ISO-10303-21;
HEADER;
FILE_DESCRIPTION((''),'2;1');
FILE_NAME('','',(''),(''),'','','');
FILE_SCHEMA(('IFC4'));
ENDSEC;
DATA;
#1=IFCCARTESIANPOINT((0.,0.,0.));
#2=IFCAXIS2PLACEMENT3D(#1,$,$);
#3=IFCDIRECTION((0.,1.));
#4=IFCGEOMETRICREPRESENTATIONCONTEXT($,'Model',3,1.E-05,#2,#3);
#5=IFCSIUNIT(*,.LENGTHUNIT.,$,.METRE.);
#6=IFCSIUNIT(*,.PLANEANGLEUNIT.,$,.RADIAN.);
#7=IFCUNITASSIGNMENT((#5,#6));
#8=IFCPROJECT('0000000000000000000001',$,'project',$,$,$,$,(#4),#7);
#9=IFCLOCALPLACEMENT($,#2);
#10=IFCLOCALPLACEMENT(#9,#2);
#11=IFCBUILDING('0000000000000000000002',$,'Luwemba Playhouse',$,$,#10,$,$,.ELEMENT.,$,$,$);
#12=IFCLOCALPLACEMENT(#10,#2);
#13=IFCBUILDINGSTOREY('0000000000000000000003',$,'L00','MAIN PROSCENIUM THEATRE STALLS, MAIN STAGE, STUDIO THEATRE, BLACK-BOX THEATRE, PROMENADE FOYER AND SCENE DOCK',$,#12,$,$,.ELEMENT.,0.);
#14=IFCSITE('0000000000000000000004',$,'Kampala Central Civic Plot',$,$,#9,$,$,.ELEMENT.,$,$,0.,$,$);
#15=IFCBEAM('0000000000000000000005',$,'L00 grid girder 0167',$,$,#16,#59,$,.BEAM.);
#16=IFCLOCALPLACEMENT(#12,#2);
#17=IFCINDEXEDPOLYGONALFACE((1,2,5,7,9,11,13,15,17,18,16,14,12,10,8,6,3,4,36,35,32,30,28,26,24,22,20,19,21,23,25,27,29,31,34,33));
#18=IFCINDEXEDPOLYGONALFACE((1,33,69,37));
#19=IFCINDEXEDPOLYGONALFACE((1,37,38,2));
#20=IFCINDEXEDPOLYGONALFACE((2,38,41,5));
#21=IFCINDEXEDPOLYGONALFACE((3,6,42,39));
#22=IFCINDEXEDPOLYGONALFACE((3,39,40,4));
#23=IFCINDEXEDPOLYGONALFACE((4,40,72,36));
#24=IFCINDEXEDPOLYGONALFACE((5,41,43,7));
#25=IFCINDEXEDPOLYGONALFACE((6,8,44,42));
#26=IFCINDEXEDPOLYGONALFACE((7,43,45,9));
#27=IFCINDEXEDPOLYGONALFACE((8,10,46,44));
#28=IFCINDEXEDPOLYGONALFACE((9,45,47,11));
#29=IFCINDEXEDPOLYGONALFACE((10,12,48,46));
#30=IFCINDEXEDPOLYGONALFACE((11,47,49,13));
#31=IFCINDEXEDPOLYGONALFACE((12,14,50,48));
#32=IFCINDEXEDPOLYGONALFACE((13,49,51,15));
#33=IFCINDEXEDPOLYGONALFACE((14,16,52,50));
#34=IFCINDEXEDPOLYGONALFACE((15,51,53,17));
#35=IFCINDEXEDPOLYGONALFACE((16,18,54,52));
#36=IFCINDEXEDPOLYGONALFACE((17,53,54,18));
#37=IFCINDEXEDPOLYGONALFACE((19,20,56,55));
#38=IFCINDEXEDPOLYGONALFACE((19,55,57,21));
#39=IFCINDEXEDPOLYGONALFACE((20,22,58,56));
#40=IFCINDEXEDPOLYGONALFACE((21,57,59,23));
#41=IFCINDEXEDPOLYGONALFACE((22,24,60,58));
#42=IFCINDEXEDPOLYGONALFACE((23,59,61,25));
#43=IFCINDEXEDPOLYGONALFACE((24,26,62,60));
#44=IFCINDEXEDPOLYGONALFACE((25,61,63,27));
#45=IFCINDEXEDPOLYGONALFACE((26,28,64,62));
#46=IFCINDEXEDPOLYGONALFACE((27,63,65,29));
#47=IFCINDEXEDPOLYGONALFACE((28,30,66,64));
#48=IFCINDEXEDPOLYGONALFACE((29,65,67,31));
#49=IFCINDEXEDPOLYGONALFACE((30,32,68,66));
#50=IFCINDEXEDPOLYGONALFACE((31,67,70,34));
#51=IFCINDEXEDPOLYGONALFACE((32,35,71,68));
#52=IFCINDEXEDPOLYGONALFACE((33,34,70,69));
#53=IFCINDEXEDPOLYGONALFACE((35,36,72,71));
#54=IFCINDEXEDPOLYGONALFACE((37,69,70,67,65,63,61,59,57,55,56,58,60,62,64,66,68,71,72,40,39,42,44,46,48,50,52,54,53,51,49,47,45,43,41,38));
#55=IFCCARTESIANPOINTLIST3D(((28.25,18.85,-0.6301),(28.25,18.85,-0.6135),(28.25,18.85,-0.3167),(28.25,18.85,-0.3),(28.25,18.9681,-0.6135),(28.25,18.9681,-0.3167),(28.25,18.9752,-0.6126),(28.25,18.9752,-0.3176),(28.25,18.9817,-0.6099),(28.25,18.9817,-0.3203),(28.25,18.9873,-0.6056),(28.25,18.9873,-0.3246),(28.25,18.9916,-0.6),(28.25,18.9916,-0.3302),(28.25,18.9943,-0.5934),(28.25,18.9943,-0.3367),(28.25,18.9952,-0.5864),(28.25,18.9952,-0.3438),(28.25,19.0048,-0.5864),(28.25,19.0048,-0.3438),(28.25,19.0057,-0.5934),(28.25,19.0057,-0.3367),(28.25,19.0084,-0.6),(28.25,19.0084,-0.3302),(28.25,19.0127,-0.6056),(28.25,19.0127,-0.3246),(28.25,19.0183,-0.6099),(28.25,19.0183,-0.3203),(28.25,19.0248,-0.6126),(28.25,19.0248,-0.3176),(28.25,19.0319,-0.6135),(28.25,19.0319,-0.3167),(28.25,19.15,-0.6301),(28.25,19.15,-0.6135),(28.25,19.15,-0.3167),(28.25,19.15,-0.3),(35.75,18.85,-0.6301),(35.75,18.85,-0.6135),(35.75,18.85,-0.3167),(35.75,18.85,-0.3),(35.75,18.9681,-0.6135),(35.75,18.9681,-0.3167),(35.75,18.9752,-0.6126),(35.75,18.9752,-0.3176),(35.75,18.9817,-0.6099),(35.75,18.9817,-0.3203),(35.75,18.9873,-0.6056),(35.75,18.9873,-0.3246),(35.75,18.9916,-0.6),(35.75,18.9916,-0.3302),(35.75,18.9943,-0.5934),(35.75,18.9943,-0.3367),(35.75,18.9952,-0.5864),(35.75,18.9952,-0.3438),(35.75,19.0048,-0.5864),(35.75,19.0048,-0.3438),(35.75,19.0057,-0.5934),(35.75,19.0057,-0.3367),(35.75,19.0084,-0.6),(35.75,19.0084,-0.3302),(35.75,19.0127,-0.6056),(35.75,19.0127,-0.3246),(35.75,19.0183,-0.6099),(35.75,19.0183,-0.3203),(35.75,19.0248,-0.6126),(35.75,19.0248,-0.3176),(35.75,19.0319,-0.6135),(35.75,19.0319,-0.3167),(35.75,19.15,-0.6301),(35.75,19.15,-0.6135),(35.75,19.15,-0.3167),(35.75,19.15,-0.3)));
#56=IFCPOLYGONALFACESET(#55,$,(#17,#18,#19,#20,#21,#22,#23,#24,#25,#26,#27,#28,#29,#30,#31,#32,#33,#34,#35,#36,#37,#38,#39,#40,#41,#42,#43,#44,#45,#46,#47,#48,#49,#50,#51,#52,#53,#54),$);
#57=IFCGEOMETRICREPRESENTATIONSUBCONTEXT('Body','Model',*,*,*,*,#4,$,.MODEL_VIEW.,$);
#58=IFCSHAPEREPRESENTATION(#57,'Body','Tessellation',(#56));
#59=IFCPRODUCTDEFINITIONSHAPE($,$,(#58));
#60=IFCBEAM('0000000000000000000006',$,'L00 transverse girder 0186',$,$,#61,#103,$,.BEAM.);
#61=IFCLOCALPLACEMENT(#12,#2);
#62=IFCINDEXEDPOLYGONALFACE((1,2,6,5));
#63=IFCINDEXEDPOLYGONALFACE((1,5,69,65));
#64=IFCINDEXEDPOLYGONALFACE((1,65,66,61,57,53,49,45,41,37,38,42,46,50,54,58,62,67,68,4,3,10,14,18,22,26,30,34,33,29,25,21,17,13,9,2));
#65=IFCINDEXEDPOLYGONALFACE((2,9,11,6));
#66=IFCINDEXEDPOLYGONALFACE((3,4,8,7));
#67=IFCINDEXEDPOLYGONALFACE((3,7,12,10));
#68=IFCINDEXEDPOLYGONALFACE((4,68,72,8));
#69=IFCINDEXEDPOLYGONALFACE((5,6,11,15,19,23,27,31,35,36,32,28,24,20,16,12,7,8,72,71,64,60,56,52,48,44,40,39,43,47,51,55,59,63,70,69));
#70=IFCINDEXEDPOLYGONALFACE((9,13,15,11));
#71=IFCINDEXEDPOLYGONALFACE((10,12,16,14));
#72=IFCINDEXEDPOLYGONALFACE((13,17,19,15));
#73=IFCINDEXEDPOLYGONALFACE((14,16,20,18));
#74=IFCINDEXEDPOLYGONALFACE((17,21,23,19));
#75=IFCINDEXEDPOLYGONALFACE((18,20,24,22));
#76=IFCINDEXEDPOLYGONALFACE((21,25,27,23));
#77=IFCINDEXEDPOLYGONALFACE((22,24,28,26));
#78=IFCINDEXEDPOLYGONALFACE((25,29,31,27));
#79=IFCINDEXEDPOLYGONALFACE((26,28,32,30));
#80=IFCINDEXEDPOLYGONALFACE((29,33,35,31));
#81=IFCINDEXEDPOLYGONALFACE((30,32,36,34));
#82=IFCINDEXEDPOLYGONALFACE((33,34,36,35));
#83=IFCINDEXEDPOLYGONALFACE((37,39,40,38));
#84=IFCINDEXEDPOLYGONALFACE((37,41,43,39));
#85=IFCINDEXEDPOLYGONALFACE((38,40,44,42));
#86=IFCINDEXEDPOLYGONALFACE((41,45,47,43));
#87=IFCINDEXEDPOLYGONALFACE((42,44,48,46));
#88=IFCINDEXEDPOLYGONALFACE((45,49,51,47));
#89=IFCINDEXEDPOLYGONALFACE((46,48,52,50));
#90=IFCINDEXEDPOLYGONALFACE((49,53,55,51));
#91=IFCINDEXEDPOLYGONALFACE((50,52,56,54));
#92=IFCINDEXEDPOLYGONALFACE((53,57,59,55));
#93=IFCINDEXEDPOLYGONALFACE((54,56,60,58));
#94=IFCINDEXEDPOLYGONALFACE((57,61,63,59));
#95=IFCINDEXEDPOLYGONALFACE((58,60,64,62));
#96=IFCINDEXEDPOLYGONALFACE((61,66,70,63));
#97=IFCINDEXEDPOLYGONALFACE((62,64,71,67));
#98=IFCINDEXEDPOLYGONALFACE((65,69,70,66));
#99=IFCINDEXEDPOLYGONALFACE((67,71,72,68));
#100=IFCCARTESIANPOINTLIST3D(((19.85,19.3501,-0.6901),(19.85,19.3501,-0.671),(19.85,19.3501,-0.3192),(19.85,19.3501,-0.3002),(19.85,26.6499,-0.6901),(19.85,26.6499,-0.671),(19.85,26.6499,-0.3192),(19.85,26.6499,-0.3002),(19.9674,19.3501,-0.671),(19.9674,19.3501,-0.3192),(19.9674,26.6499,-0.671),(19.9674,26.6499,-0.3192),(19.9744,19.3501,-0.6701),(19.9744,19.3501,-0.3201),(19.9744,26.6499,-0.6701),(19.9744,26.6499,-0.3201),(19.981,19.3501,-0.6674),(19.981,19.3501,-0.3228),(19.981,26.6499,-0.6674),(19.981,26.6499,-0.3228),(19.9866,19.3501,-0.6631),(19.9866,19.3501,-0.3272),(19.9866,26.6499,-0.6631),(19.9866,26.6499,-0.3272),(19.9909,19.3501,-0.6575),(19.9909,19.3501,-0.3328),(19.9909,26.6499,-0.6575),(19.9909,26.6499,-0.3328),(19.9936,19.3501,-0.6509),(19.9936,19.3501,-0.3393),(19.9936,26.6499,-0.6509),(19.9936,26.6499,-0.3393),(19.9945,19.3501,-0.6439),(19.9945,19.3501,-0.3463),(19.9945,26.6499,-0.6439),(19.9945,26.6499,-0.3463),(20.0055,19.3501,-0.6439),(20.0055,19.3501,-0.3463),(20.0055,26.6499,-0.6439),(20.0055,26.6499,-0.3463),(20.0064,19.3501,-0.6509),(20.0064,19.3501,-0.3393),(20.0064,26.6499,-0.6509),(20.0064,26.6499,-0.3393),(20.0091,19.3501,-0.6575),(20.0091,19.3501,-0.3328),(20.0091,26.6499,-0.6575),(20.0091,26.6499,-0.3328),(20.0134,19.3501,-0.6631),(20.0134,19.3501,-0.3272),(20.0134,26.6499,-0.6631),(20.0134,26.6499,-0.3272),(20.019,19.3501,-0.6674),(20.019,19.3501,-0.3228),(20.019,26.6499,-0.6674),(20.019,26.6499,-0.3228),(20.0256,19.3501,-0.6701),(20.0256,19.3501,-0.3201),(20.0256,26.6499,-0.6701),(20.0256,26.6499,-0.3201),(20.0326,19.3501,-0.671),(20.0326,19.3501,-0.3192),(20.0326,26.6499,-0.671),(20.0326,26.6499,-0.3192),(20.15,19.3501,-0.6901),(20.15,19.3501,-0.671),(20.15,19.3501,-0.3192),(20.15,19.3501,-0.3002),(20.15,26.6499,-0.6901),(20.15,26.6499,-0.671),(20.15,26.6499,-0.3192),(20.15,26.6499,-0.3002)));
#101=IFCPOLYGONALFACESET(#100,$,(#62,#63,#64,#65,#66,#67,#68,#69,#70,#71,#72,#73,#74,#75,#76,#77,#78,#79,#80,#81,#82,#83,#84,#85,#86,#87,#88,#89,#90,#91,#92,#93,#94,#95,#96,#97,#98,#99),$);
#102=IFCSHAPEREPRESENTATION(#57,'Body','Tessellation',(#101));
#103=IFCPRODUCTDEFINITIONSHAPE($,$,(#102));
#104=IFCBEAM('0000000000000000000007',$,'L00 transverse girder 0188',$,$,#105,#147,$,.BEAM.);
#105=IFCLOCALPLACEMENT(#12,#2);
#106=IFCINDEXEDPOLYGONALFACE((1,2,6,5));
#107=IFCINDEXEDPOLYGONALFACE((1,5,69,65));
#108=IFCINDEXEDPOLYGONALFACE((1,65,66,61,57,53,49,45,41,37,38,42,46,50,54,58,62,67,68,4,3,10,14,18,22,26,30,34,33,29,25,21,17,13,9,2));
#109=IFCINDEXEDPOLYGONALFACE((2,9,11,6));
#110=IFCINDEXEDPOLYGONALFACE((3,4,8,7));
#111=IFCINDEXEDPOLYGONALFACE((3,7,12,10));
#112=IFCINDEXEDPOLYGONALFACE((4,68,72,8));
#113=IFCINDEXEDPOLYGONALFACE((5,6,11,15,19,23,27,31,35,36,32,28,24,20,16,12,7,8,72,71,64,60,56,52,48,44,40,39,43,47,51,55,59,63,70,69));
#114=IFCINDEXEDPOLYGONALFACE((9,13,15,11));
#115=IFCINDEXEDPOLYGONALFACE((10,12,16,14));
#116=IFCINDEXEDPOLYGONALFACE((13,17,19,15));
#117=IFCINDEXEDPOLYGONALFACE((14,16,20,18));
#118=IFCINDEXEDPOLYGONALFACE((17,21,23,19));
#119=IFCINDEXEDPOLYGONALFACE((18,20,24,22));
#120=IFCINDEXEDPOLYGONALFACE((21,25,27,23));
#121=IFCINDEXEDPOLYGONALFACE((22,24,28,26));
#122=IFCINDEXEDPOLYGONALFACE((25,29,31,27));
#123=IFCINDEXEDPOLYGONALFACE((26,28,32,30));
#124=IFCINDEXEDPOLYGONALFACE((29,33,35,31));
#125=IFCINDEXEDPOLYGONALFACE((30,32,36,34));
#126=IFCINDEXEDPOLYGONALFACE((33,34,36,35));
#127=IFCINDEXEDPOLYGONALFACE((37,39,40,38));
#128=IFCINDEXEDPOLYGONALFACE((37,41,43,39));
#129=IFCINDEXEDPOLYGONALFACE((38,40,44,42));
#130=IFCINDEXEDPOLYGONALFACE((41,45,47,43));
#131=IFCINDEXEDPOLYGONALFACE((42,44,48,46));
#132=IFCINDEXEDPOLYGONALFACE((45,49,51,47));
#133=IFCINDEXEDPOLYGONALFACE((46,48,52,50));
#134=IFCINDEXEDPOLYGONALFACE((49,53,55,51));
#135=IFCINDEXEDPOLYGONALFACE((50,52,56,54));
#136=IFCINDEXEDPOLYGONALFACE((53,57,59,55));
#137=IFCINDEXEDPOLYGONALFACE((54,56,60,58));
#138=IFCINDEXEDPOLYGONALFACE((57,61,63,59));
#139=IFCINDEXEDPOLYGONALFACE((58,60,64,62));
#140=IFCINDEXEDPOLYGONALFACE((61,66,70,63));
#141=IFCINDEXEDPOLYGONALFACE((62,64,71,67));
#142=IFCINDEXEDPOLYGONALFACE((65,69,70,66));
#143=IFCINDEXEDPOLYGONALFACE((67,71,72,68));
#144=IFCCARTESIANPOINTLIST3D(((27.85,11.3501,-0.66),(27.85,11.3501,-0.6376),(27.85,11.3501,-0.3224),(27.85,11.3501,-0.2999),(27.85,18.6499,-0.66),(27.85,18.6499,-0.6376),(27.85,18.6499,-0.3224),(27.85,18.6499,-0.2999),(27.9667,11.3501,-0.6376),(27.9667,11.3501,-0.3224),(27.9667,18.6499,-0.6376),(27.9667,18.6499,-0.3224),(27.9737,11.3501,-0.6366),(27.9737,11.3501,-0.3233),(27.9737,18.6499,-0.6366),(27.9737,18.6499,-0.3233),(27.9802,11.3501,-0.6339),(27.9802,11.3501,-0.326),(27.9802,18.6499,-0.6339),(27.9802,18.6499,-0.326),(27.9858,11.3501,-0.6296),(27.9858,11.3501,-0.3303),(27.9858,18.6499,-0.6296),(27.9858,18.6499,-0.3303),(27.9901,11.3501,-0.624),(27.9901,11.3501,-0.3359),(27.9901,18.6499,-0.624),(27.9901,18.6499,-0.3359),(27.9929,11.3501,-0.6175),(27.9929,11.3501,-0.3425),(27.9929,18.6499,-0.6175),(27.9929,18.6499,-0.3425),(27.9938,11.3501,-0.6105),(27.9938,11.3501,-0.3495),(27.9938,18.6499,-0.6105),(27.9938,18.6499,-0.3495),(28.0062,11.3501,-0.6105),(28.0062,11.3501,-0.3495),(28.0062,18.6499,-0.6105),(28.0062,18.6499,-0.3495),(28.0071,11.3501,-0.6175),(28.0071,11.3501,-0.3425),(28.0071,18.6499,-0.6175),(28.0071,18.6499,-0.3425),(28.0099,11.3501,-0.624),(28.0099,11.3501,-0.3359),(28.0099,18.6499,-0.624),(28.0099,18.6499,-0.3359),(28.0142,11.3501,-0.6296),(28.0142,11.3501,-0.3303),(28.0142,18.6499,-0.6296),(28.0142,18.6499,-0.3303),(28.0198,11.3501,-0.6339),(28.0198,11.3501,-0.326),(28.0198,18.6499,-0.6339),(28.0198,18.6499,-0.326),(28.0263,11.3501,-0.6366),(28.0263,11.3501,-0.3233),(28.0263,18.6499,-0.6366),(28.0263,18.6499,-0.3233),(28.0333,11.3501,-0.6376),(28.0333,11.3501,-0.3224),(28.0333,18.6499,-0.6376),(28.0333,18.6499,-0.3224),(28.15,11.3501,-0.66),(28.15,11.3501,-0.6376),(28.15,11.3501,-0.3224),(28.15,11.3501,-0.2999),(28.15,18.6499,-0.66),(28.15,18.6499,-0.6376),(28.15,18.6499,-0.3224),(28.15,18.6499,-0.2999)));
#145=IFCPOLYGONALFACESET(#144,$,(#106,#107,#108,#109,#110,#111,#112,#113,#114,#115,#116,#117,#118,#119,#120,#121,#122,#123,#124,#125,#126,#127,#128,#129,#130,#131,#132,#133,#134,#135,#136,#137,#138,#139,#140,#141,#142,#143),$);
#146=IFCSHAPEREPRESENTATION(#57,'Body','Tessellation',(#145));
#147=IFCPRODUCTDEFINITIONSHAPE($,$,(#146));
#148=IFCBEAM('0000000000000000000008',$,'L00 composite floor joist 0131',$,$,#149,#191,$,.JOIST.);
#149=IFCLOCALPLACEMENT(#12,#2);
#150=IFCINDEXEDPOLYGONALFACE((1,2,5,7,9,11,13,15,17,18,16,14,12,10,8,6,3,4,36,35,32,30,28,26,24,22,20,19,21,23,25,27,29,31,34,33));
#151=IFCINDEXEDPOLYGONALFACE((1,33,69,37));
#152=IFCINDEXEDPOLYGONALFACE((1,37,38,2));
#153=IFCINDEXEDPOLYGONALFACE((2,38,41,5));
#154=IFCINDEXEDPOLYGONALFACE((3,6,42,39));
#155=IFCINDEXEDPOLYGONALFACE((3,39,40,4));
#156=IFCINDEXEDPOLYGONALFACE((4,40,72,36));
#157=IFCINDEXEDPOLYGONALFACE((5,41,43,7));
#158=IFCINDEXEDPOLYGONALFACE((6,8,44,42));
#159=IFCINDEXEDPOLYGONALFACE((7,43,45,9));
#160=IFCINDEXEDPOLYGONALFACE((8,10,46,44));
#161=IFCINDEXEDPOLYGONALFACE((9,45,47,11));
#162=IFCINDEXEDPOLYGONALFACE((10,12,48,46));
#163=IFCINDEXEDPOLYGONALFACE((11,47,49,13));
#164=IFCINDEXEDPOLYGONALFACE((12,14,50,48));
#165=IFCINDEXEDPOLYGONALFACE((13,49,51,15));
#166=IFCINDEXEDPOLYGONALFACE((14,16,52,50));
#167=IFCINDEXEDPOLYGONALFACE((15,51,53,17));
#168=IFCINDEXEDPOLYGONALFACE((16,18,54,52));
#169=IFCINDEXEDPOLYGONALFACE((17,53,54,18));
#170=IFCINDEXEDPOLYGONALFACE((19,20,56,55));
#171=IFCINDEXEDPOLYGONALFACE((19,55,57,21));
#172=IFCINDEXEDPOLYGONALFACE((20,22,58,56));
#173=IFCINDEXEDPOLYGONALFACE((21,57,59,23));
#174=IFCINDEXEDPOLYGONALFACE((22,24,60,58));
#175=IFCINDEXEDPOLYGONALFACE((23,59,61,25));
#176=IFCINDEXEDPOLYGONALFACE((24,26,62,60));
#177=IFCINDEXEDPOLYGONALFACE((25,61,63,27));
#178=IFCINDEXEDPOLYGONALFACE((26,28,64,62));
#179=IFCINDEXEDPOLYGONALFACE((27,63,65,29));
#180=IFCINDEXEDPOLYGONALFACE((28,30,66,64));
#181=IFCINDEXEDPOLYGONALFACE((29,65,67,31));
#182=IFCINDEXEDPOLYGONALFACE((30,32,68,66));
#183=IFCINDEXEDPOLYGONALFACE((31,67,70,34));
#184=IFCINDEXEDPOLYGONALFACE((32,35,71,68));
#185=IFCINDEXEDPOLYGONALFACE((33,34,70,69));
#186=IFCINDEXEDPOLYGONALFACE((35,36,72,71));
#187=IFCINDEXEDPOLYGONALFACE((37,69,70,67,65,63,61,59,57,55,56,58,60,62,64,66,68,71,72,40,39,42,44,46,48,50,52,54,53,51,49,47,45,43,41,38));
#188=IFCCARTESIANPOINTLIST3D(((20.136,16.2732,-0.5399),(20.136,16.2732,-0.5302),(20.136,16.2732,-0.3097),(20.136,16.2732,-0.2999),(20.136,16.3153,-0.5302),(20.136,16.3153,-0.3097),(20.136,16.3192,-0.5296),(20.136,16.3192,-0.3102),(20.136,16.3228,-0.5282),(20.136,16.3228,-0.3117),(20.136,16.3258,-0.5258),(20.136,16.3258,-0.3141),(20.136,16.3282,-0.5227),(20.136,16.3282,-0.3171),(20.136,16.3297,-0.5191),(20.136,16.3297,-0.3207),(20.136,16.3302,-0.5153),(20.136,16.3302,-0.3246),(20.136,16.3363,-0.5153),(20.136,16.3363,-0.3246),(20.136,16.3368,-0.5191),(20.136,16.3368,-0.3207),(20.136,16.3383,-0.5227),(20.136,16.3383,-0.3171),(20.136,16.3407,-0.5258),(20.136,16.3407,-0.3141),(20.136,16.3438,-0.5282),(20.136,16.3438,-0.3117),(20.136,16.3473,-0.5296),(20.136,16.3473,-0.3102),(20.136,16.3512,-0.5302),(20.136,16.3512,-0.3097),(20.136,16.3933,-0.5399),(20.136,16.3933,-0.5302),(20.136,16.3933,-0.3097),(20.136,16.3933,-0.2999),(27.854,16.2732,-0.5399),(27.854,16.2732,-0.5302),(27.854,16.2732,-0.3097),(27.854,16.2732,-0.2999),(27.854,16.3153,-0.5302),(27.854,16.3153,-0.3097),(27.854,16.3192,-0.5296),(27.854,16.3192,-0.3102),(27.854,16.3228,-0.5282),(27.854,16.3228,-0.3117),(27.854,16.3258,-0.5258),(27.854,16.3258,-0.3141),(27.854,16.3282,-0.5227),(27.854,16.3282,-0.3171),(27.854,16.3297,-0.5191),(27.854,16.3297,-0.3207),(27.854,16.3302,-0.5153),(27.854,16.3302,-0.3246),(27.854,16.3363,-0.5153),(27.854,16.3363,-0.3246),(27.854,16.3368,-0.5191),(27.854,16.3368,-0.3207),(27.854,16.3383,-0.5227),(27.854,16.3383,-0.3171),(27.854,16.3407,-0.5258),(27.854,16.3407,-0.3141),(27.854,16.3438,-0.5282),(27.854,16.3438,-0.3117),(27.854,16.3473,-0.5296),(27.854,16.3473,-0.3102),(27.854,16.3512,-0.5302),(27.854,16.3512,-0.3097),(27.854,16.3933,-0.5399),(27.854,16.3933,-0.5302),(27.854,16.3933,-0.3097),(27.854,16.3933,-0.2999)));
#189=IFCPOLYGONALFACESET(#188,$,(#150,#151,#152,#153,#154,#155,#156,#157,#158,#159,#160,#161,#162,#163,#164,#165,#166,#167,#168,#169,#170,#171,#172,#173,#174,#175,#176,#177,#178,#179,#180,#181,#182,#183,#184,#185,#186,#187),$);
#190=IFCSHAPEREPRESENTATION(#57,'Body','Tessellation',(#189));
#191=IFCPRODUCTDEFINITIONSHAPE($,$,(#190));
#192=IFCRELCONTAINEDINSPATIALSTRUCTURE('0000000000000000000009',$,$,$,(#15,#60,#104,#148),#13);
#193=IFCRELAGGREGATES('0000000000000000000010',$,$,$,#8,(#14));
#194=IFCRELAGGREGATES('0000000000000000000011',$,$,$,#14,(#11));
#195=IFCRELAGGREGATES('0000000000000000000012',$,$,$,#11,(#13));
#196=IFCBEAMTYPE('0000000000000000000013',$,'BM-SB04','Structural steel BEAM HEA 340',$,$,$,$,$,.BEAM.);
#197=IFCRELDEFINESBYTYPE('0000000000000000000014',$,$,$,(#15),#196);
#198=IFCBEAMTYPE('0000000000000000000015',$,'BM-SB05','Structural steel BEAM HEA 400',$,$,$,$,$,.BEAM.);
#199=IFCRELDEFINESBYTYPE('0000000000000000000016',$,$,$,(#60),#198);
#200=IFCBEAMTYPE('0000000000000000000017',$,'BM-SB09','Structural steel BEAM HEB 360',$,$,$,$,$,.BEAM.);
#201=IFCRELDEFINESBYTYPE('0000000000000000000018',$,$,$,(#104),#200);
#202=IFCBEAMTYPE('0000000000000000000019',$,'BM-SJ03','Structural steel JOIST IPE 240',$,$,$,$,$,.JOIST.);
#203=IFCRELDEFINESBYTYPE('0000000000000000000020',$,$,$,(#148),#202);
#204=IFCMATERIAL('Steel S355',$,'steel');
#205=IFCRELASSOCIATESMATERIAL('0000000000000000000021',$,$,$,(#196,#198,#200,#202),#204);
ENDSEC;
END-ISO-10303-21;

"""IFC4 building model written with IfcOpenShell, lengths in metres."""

from ifc_helpers import new_model, si_unit, direction, frame, origin, origin_2d, place, context, subcontext, project, spatial, i_section, extrude, material, material_profile, profile_set, type_object, element, save


model = new_model("IFC4")

# Units and contexts
model_context = context("Model", 3, precision=1e-05, world=origin(), true_north=direction((0.0, 1.0)))
body_context = subcontext(model_context, "Body", "Model", "MODEL_VIEW")
ifc_project = project(units=[si_unit("LENGTHUNIT", "METRE"), si_unit("PLANEANGLEUNIT", "RADIAN")], contexts=[model_context])

# Site, building, storey
site_placement = place(None, origin())
site = spatial("IfcSite", under=ifc_project, at=site_placement, Name="Kampala Central Civic Plot", CompositionType="ELEMENT", RefElevation=0.0)
building_placement = place(site_placement, origin())
building = spatial("IfcBuilding", under=site, at=building_placement, Name="Luwemba Playhouse", CompositionType="ELEMENT")
storey_placement = place(building_placement, origin())
storey = spatial("IfcBuildingStorey", under=building, at=storey_placement, Name="L00", Description="MAIN PROSCENIUM THEATRE STALLS, MAIN STAGE, STUDIO THEATRE, BLACK-BOX THEATRE, PROMENADE FOYER AND SCENE DOCK", CompositionType="ELEMENT", Elevation=0.0)

# Beams
ifc_material_1 = material(Name="Steel S355", Category="steel")
ifc_material_profile_1 = material_profile(ifc_material_1, i_section(OverallWidth=0.3, OverallDepth=0.3301, WebThickness=0.0095, FlangeThickness=0.0166, FilletRadius=0.0271, at=origin_2d()))
ifc_profile_set_1 = profile_set([ifc_material_profile_1], Name="Steel S355")
beam_type_1 = type_object("IfcBeamType", Name="BM-SB04", Description="Structural steel BEAM HEA 340", PredefinedType="BEAM", material=ifc_profile_set_1)
beam_1_placement = place(storey_placement, frame((28.25, 19.0, -0.4651), z_axis=(1.0, 0.0, 0.0), x_axis=(0.0, 1.0, 0.0)))
element("IfcBeam", 1, at=beam_1_placement, inside=storey, type_object=beam_type_1, Name="L00 grid girder 0167", PredefinedType="BEAM", context=body_context, shape_type="SweptSolid", body=[
    extrude(i_section(OverallWidth=0.3, OverallDepth=0.3301, WebThickness=0.0095, FlangeThickness=0.0166, FilletRadius=0.0271, at=origin_2d()), origin(), (0.0, 0.0, 1.0), 7.5),
])
ifc_material_profile_2 = material_profile(ifc_material_1, i_section(OverallWidth=0.3, OverallDepth=0.3899, WebThickness=0.011, FlangeThickness=0.019, FilletRadius=0.0271, at=origin_2d()))
ifc_profile_set_2 = profile_set([ifc_material_profile_2], Name="Steel S355")
beam_type_2 = type_object("IfcBeamType", Name="BM-SB05", Description="Structural steel BEAM HEA 400", PredefinedType="BEAM", material=ifc_profile_set_2)
beam_2_placement = place(storey_placement, frame((20.0, 19.3501, -0.4951), z_axis=(0.0, 1.0, 0.0), x_axis=(-1.0, 0.0, 0.0)))
element("IfcBeam", 2, at=beam_2_placement, inside=storey, type_object=beam_type_2, Name="L00 transverse girder 0186", PredefinedType="BEAM", context=body_context, shape_type="SweptSolid", body=[
    extrude(i_section(OverallWidth=0.3, OverallDepth=0.3899, WebThickness=0.011, FlangeThickness=0.019, FilletRadius=0.0271, at=origin_2d()), origin(), (0.0, 0.0, 1.0), 7.2998),
])
ifc_material_profile_3 = material_profile(ifc_material_1, i_section(OverallWidth=0.3, OverallDepth=0.3601, WebThickness=0.0125, FlangeThickness=0.0225, FilletRadius=0.0271, at=origin_2d()))
ifc_profile_set_3 = profile_set([ifc_material_profile_3], Name="Steel S355")
beam_type_3 = type_object("IfcBeamType", Name="BM-SB09", Description="Structural steel BEAM HEB 360", PredefinedType="BEAM", material=ifc_profile_set_3)
beam_3_placement = place(storey_placement, frame((28.0, 11.3501, -0.48), z_axis=(0.0, 1.0, 0.0), x_axis=(-1.0, 0.0, 0.0)))
element("IfcBeam", 3, at=beam_3_placement, inside=storey, type_object=beam_type_3, Name="L00 transverse girder 0188", PredefinedType="BEAM", context=body_context, shape_type="SweptSolid", body=[
    extrude(i_section(OverallWidth=0.3, OverallDepth=0.3601, WebThickness=0.0125, FlangeThickness=0.0225, FilletRadius=0.0271, at=origin_2d()), origin(), (0.0, 0.0, 1.0), 7.2998),
])
ifc_material_profile_4 = material_profile(ifc_material_1, i_section(OverallWidth=0.1201, OverallDepth=0.24, WebThickness=0.0061, FlangeThickness=0.0098, FilletRadius=0.0149, at=origin_2d()))
ifc_profile_set_4 = profile_set([ifc_material_profile_4], Name="Steel S355")
beam_type_4 = type_object("IfcBeamType", Name="BM-SJ03", Description="Structural steel JOIST IPE 240", PredefinedType="JOIST", material=ifc_profile_set_4)
beam_4_placement = place(storey_placement, frame((20.136, 16.3333, -0.4199), z_axis=(1.0, 0.0, 0.0), x_axis=(0.0, 1.0, 0.0)))
element("IfcBeam", 4, at=beam_4_placement, inside=storey, type_object=beam_type_4, Name="L00 composite floor joist 0131", PredefinedType="JOIST", context=body_context, shape_type="SweptSolid", body=[
    extrude(i_section(OverallWidth=0.1201, OverallDepth=0.24, WebThickness=0.0061, FlangeThickness=0.0098, FilletRadius=0.0149, at=origin_2d()), origin(), (0.0, 0.0, 1.0), 7.718),
])

save(model, "model.ifc")
